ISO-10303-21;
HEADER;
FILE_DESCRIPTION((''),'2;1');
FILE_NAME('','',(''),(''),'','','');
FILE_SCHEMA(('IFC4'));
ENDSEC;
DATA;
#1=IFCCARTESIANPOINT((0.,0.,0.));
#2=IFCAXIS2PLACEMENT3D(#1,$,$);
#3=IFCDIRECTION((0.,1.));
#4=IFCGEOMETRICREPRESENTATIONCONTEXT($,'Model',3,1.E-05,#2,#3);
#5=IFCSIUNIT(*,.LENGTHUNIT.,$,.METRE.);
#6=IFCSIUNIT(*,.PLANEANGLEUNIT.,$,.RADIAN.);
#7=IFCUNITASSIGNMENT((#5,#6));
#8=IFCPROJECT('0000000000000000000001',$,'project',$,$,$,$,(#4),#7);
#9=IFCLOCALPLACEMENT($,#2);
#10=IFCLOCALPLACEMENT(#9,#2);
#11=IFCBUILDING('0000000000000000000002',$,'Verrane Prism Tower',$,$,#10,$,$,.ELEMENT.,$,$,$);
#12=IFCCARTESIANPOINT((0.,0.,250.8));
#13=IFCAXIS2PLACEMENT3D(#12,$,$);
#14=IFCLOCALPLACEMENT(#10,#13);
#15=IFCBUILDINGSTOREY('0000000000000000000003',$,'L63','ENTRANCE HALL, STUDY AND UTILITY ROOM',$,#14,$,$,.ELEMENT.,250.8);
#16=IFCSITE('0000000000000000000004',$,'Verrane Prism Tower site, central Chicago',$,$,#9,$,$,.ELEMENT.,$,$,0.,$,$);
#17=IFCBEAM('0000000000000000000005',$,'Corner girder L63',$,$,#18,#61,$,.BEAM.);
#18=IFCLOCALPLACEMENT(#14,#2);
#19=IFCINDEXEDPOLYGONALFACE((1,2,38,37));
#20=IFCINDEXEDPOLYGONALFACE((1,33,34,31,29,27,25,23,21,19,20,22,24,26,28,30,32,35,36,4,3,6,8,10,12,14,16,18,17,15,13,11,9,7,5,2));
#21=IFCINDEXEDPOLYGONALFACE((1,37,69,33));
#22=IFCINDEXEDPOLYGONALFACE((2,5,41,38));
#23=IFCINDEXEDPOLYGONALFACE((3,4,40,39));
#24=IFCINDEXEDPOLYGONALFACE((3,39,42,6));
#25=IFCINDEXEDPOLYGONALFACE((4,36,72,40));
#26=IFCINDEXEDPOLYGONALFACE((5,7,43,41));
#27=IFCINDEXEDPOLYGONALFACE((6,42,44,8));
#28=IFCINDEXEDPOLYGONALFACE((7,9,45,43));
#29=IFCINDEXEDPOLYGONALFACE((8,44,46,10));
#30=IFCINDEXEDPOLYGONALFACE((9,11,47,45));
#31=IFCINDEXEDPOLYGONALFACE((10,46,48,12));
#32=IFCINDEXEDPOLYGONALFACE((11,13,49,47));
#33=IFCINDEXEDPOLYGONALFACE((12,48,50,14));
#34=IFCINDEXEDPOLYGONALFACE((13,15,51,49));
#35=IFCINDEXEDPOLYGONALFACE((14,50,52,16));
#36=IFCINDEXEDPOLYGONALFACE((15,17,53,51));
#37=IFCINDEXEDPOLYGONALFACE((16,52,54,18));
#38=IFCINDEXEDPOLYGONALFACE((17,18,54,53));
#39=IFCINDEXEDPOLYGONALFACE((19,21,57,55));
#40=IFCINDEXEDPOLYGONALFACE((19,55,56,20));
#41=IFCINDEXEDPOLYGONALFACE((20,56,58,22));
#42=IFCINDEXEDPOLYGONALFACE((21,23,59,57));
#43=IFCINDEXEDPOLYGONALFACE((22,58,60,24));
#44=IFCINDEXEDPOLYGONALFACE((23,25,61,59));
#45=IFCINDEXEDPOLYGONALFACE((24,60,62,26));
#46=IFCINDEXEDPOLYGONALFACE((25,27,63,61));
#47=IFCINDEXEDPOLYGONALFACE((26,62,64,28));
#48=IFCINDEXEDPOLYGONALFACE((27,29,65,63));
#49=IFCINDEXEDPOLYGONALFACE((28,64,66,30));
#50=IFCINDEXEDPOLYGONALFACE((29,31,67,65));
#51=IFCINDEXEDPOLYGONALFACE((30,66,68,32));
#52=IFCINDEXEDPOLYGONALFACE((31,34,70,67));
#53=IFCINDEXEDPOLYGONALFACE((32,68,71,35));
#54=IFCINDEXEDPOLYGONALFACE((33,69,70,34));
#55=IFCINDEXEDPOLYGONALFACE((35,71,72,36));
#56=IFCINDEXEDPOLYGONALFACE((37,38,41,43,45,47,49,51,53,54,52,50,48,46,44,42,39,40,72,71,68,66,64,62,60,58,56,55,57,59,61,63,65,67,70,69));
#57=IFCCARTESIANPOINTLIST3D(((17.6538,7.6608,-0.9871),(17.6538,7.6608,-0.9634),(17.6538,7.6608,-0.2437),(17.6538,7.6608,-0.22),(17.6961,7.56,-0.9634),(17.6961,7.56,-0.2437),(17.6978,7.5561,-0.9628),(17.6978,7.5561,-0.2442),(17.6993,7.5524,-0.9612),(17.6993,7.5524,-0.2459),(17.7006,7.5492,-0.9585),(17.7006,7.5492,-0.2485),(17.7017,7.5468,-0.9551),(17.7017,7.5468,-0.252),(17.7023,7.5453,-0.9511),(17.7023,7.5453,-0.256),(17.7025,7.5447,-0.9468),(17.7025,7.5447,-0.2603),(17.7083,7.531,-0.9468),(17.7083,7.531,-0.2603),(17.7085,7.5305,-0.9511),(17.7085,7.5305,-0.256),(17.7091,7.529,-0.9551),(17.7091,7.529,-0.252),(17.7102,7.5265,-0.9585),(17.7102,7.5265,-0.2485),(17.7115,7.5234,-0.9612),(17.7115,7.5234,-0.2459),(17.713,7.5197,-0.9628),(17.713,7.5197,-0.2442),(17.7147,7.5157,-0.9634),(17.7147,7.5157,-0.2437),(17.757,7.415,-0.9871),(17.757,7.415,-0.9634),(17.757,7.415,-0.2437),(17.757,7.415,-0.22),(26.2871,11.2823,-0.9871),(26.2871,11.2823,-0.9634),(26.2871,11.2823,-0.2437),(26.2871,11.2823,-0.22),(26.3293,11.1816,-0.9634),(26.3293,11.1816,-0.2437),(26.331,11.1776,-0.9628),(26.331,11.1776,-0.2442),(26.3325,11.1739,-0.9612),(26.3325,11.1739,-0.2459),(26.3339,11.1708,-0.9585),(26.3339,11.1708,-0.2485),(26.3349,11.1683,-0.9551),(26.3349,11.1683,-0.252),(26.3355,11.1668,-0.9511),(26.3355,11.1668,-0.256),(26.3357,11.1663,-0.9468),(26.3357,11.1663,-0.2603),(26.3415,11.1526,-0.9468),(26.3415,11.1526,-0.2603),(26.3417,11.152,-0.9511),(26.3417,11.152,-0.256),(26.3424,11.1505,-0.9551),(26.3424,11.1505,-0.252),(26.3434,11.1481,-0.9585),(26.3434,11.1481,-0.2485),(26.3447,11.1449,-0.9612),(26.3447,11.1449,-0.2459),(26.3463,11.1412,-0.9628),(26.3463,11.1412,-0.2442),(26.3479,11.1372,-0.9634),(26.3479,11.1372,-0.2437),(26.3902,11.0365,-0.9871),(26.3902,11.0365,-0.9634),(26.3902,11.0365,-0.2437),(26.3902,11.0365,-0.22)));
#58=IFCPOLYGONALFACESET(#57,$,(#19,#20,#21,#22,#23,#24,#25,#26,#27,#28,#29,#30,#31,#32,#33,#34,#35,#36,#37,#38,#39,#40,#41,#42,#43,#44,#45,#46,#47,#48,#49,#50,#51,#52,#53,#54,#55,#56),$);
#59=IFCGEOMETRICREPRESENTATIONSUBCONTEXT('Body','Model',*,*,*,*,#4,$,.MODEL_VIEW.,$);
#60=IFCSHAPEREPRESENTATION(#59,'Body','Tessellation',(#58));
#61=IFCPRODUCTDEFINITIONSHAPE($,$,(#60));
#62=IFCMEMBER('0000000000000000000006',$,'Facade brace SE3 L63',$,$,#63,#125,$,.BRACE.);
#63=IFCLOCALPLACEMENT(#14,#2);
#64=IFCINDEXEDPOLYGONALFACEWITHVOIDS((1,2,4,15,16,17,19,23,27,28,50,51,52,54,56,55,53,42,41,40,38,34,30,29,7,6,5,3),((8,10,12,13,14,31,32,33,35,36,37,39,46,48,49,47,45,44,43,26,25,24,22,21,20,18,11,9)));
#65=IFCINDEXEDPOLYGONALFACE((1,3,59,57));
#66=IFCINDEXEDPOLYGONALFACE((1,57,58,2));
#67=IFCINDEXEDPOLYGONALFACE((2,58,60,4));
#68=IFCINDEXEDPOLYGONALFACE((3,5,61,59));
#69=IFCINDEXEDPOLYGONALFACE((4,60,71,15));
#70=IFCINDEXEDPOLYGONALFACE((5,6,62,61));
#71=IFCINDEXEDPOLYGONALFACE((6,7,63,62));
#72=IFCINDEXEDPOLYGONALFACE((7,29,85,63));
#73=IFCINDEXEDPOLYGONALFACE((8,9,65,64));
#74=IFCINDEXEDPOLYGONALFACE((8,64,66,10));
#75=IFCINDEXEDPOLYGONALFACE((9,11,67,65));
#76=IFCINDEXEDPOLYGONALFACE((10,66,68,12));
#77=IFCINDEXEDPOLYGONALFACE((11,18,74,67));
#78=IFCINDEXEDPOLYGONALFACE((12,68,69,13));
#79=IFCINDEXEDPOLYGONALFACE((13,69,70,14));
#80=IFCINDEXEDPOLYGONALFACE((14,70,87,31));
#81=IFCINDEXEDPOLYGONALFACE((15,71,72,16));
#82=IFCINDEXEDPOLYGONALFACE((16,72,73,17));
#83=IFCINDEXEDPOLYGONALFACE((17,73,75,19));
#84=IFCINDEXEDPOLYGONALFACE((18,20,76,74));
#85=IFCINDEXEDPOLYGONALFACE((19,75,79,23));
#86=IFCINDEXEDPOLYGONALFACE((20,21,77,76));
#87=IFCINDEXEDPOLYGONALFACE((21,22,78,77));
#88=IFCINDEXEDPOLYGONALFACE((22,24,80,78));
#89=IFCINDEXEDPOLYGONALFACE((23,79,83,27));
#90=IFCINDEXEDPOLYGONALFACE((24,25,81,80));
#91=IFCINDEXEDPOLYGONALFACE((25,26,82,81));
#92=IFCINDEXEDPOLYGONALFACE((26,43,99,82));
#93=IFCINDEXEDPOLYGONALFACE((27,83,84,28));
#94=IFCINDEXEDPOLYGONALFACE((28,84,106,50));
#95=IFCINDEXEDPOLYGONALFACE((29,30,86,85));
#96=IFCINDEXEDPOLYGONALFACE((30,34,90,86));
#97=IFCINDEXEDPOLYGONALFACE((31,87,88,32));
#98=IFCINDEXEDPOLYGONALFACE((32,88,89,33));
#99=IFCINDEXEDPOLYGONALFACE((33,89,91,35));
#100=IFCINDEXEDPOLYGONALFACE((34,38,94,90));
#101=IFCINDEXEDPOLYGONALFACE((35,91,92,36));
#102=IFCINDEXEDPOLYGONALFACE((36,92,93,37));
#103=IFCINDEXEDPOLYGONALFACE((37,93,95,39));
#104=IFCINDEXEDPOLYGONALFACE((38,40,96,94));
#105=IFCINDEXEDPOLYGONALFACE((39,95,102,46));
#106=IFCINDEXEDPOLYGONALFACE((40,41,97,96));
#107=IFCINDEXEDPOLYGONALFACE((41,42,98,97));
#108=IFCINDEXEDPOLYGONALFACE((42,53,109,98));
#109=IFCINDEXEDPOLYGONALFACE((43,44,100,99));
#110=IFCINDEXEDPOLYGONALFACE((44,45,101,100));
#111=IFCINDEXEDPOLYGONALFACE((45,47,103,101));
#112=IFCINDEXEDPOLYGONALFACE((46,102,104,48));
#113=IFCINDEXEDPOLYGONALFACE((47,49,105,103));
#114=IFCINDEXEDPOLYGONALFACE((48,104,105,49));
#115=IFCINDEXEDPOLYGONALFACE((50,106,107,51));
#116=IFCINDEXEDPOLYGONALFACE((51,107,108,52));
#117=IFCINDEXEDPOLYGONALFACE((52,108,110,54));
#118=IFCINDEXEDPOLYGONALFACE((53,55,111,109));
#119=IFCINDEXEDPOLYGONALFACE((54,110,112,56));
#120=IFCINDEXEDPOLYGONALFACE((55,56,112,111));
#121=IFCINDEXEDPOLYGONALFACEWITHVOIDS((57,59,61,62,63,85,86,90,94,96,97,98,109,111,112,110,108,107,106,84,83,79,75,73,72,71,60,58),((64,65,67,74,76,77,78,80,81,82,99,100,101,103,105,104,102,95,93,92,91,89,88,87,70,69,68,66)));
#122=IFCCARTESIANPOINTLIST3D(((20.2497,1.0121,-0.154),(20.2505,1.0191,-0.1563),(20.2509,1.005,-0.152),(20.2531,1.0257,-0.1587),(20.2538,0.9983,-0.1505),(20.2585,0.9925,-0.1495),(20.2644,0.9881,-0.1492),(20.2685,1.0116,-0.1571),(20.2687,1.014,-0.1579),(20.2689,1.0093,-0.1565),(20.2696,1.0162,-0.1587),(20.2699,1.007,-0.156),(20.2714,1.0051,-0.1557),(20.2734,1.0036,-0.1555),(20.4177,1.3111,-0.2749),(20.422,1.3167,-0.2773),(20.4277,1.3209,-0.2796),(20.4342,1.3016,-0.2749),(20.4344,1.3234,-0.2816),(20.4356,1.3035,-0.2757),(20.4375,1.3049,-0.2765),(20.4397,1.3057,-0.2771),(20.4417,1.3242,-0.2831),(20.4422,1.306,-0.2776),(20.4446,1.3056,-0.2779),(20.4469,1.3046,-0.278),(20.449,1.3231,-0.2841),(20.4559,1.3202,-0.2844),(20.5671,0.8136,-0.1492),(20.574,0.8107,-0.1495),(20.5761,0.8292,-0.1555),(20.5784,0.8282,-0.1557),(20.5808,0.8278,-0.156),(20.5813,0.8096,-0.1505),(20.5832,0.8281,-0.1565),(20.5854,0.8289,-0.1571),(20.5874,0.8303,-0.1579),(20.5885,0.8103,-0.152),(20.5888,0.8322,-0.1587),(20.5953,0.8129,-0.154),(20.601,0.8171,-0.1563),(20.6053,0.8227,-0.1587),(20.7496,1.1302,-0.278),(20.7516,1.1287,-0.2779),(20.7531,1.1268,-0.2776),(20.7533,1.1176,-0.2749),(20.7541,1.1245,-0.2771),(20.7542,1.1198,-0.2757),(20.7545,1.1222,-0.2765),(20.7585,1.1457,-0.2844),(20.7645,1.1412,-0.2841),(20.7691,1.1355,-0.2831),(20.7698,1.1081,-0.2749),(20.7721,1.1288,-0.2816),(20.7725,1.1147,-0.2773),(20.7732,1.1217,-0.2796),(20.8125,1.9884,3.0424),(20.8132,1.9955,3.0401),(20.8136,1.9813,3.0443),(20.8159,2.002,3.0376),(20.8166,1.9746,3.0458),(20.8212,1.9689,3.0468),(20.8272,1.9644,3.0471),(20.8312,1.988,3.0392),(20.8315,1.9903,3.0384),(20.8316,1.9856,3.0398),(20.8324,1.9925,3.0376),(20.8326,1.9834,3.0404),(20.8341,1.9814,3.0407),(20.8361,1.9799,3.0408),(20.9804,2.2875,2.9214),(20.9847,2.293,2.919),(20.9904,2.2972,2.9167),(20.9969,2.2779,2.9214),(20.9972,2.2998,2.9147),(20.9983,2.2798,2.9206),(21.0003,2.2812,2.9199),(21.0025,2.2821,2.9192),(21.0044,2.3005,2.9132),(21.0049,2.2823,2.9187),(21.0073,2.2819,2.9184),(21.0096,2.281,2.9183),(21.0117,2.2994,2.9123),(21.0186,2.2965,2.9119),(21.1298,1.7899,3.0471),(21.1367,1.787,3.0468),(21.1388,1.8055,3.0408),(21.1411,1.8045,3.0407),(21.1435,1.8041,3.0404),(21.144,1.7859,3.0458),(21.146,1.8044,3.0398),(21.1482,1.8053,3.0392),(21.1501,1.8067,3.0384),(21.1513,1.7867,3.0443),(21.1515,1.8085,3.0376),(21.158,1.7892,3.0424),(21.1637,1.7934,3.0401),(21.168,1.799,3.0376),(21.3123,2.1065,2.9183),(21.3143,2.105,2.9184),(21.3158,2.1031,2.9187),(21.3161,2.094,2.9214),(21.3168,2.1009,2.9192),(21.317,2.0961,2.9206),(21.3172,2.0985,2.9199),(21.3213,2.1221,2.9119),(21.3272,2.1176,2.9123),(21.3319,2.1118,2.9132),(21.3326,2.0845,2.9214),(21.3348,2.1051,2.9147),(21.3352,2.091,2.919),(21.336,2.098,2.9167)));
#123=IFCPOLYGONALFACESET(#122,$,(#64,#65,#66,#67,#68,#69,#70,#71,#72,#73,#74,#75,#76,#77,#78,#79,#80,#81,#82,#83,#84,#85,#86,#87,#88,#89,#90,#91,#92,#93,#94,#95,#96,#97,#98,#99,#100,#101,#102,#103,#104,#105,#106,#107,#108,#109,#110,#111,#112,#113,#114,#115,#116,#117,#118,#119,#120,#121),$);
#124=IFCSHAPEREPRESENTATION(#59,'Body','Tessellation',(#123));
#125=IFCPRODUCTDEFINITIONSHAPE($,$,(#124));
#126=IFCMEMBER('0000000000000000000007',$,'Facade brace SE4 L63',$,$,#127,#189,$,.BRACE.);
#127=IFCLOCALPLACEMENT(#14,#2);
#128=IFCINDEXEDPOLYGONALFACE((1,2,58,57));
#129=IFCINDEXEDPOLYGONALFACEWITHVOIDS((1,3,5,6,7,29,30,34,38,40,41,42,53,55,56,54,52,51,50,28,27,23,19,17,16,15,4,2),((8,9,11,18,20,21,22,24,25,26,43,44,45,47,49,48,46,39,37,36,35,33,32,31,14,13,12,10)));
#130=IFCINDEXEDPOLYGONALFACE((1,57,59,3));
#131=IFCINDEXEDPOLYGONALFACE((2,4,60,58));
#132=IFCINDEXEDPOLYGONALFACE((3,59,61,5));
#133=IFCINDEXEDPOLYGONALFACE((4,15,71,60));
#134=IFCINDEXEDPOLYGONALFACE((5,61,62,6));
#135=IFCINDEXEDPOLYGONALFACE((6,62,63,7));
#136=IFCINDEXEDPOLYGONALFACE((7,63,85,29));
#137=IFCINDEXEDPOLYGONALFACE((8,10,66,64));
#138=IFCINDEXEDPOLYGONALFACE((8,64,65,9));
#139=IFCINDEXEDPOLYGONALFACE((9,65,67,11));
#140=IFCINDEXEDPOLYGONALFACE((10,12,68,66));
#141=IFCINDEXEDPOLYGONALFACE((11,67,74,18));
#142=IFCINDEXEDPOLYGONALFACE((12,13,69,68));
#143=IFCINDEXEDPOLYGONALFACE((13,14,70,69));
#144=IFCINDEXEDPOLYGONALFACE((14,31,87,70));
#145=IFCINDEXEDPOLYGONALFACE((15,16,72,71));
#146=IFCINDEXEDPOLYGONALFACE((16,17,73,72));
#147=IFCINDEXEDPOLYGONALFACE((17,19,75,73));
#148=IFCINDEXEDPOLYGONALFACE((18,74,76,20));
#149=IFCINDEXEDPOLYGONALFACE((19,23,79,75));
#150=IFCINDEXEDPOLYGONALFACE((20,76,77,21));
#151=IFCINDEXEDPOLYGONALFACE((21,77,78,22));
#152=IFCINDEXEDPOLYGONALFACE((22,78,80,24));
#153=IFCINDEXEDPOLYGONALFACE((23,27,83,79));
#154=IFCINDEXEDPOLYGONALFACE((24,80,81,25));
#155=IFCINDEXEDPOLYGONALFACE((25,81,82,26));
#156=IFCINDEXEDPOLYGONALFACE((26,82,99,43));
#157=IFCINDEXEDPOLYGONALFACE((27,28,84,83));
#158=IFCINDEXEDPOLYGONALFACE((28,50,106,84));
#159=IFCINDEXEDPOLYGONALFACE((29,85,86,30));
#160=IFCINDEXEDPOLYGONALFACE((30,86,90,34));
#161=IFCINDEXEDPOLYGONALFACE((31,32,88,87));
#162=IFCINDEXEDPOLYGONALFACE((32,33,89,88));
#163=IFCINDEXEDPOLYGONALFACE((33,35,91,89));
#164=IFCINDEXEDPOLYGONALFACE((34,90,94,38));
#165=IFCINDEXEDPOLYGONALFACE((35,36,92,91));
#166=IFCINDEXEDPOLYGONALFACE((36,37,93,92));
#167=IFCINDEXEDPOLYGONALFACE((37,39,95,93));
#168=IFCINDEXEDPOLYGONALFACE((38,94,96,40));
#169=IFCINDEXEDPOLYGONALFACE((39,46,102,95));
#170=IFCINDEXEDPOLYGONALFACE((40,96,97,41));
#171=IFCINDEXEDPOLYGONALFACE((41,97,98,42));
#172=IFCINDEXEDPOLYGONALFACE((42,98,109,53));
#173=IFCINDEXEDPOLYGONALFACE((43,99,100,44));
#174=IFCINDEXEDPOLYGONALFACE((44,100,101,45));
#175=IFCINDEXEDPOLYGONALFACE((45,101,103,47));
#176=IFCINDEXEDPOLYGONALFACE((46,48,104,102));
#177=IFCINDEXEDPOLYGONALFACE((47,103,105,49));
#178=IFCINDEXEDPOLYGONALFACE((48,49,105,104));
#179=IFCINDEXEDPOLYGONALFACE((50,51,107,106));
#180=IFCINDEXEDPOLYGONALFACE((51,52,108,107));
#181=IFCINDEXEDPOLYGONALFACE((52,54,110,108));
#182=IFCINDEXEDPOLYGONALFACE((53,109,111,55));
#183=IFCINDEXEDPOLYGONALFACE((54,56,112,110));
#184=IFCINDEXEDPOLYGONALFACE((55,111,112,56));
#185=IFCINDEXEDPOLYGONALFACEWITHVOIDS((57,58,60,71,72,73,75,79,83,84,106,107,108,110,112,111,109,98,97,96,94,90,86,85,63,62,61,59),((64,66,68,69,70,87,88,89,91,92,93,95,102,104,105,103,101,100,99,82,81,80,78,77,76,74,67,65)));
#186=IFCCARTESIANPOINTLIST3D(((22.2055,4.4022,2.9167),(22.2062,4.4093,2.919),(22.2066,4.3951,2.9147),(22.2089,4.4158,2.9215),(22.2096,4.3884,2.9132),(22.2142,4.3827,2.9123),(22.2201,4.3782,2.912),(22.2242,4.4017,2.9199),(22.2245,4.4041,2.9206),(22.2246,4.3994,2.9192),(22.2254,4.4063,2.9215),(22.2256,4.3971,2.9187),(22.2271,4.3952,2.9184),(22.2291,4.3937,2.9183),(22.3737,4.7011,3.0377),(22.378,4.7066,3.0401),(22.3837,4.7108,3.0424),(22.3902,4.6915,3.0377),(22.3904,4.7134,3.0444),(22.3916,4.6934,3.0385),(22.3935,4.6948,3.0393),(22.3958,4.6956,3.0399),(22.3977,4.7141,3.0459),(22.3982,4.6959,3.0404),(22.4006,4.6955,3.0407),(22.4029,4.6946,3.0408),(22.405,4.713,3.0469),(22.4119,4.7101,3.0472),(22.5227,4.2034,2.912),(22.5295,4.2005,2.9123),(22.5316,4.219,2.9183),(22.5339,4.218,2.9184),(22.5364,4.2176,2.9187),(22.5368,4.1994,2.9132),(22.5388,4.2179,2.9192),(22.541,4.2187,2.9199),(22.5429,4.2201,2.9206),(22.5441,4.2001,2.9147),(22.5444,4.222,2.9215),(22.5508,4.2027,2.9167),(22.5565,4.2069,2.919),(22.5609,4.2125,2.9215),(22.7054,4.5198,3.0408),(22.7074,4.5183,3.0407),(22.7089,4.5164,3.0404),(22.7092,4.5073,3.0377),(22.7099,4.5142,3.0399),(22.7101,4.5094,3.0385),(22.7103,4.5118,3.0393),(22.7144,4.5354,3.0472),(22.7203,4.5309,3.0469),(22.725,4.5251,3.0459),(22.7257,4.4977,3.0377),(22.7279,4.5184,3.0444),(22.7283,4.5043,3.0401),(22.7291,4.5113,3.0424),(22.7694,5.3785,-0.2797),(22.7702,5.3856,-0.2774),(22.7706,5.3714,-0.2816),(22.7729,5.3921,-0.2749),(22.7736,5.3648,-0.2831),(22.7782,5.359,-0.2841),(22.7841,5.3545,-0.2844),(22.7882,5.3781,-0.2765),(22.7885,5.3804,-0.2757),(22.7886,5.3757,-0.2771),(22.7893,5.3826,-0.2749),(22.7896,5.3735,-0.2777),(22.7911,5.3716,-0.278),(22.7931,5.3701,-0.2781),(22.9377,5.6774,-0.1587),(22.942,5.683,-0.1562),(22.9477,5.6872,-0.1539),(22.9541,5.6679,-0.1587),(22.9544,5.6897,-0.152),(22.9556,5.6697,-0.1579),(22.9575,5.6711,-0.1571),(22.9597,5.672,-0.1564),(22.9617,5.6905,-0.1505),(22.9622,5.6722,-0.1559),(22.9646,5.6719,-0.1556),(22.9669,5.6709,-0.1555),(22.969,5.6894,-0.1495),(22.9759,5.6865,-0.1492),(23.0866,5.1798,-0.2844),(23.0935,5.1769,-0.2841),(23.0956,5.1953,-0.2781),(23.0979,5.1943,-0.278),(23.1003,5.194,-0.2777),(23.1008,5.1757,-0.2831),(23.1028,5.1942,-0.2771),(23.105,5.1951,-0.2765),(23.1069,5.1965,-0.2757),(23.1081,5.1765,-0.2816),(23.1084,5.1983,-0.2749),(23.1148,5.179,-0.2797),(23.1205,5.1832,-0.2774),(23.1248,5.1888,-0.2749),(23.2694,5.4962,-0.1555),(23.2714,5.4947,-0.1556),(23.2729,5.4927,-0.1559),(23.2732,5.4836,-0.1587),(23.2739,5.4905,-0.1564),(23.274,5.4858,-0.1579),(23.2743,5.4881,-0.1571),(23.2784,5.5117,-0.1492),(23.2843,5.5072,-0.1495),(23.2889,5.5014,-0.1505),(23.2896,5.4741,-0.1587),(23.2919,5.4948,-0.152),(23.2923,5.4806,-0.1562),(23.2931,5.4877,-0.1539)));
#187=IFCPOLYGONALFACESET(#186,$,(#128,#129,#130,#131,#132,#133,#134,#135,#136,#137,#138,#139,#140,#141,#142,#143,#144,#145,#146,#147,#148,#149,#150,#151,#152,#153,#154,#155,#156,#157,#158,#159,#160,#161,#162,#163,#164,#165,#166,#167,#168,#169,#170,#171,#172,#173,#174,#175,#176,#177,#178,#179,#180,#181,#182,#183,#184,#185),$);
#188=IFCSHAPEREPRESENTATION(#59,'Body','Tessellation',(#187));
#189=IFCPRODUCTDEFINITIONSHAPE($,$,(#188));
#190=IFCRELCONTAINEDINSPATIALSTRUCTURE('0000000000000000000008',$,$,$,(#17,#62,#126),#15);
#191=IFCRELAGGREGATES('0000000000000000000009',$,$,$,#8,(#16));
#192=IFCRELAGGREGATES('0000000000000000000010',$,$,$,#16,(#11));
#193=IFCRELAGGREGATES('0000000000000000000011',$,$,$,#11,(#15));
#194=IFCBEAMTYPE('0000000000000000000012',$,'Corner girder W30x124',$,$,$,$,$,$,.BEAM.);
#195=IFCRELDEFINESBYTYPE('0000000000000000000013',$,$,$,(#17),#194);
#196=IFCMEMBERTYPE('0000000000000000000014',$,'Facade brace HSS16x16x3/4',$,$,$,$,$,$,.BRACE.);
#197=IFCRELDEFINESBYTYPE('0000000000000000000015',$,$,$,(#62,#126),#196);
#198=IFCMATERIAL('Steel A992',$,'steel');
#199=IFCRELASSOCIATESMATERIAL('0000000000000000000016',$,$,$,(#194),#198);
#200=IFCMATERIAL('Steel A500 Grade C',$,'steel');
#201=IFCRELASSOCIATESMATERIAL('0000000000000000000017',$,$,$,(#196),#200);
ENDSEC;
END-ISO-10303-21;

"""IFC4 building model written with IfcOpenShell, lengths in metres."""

from ifc_helpers import new_model, si_unit, direction, frame, origin, origin_2d, place, context, subcontext, project, spatial, hollow_rectangle, i_section, extrude, material, material_profile, profile_set, type_object, element, save


model = new_model("IFC4")

# Units and contexts
model_context = context("Model", 3, precision=1e-05, world=origin(), true_north=direction((0.0, 1.0)))
body_context = subcontext(model_context, "Body", "Model", "MODEL_VIEW")
ifc_project = project(units=[si_unit("LENGTHUNIT", "METRE"), si_unit("PLANEANGLEUNIT", "RADIAN")], contexts=[model_context])

# Site, building, storey
site_placement = place(None, origin())
site = spatial("IfcSite", under=ifc_project, at=site_placement, Name="Verrane Prism Tower site, central Chicago", CompositionType="ELEMENT", RefElevation=0.0)
building_placement = place(site_placement, origin())
building = spatial("IfcBuilding", under=site, at=building_placement, Name="Verrane Prism Tower", CompositionType="ELEMENT")
storey_placement = place(building_placement, frame((0.0, 0.0, 250.8)))
storey = spatial("IfcBuildingStorey", under=building, at=storey_placement, Name="L63", Description="ENTRANCE HALL, STUDY AND UTILITY ROOM", CompositionType="ELEMENT", Elevation=250.8)

# Beam
ifc_material_1 = material(Name="Steel A992", Category="steel")
ifc_material_profile_1 = material_profile(ifc_material_1, i_section(OverallWidth=0.2666, OverallDepth=0.7671, WebThickness=0.0149, FlangeThickness=0.0237, FilletRadius=0.0166, at=origin_2d()), Name="W30x124")
ifc_profile_set_1 = profile_set([ifc_material_profile_1], Name="Steel A992")
beam_type_1 = type_object("IfcBeamType", Name="Corner girder W30x124", PredefinedType="BEAM", material=ifc_profile_set_1)
beam_1_placement = place(storey_placement, frame((26.3386, 11.1594, -0.6035), z_axis=(-0.92215, -0.386833, 0.0), x_axis=(0.386833, -0.92215, 0.0)))
element("IfcBeam", 1, at=beam_1_placement, inside=storey, type_object=beam_type_1, Name="Corner girder L63", PredefinedType="BEAM", context=body_context, shape_type="SweptSolid", body=[
    extrude(i_section(OverallWidth=0.2666, OverallDepth=0.7671, WebThickness=0.0149, FlangeThickness=0.0237, FilletRadius=0.0166, at=origin_2d()), origin(), (0.0, 0.0, 1.0), 9.3621),
])

# Members
ifc_material_2 = material(Name="Steel A500 Grade C", Category="steel")
ifc_material_profile_2 = material_profile(ifc_material_2, hollow_rectangle(XDim=0.4065, YDim=0.4065, WallThickness=0.019, InnerFilletRadius=0.0095, OuterFilletRadius=0.0286, at=origin_2d()), Name="HSS16x16x3/4")
ifc_profile_set_2 = profile_set([ifc_material_profile_2], Name="Steel A500 Grade C")
member_type_1 = type_object("IfcMemberType", Name="Facade brace HSS16x16x3/4", PredefinedType="BRACE", material=ifc_profile_set_2)
member_1_placement = place(storey_placement, frame((20.5115, 1.0669, -0.2168), z_axis=(0.166044, 0.288074, 0.943103), x_axis=(-0.866384, 0.499379, 0.0)))
element("IfcMember", 2, at=member_1_placement, inside=storey, type_object=member_type_1, Name="Facade brace SE3 L63", PredefinedType="BRACE", context=body_context, shape_type="SweptSolid", body=[
    extrude(hollow_rectangle(XDim=0.4065, YDim=0.4065, WallThickness=0.019, InnerFilletRadius=0.0095, OuterFilletRadius=0.0286, at=origin_2d()), origin(), (0.0, 0.0, 1.0), 3.3892),
])
member_2_placement = place(storey_placement, frame((23.0312, 5.4331, -0.2168), z_axis=(-0.166394, -0.288057, 0.943046), x_axis=(0.865915, -0.500191, 0.0)))
element("IfcMember", 3, at=member_2_placement, inside=storey, type_object=member_type_1, Name="Facade brace SE4 L63", PredefinedType="BRACE", context=body_context, shape_type="SweptSolid", body=[
    extrude(hollow_rectangle(XDim=0.4065, YDim=0.4065, WallThickness=0.019, InnerFilletRadius=0.0095, OuterFilletRadius=0.0286, at=origin_2d()), origin(), (0.0, 0.0, 1.0), 3.3894),
])

save(model, "model.ifc")
